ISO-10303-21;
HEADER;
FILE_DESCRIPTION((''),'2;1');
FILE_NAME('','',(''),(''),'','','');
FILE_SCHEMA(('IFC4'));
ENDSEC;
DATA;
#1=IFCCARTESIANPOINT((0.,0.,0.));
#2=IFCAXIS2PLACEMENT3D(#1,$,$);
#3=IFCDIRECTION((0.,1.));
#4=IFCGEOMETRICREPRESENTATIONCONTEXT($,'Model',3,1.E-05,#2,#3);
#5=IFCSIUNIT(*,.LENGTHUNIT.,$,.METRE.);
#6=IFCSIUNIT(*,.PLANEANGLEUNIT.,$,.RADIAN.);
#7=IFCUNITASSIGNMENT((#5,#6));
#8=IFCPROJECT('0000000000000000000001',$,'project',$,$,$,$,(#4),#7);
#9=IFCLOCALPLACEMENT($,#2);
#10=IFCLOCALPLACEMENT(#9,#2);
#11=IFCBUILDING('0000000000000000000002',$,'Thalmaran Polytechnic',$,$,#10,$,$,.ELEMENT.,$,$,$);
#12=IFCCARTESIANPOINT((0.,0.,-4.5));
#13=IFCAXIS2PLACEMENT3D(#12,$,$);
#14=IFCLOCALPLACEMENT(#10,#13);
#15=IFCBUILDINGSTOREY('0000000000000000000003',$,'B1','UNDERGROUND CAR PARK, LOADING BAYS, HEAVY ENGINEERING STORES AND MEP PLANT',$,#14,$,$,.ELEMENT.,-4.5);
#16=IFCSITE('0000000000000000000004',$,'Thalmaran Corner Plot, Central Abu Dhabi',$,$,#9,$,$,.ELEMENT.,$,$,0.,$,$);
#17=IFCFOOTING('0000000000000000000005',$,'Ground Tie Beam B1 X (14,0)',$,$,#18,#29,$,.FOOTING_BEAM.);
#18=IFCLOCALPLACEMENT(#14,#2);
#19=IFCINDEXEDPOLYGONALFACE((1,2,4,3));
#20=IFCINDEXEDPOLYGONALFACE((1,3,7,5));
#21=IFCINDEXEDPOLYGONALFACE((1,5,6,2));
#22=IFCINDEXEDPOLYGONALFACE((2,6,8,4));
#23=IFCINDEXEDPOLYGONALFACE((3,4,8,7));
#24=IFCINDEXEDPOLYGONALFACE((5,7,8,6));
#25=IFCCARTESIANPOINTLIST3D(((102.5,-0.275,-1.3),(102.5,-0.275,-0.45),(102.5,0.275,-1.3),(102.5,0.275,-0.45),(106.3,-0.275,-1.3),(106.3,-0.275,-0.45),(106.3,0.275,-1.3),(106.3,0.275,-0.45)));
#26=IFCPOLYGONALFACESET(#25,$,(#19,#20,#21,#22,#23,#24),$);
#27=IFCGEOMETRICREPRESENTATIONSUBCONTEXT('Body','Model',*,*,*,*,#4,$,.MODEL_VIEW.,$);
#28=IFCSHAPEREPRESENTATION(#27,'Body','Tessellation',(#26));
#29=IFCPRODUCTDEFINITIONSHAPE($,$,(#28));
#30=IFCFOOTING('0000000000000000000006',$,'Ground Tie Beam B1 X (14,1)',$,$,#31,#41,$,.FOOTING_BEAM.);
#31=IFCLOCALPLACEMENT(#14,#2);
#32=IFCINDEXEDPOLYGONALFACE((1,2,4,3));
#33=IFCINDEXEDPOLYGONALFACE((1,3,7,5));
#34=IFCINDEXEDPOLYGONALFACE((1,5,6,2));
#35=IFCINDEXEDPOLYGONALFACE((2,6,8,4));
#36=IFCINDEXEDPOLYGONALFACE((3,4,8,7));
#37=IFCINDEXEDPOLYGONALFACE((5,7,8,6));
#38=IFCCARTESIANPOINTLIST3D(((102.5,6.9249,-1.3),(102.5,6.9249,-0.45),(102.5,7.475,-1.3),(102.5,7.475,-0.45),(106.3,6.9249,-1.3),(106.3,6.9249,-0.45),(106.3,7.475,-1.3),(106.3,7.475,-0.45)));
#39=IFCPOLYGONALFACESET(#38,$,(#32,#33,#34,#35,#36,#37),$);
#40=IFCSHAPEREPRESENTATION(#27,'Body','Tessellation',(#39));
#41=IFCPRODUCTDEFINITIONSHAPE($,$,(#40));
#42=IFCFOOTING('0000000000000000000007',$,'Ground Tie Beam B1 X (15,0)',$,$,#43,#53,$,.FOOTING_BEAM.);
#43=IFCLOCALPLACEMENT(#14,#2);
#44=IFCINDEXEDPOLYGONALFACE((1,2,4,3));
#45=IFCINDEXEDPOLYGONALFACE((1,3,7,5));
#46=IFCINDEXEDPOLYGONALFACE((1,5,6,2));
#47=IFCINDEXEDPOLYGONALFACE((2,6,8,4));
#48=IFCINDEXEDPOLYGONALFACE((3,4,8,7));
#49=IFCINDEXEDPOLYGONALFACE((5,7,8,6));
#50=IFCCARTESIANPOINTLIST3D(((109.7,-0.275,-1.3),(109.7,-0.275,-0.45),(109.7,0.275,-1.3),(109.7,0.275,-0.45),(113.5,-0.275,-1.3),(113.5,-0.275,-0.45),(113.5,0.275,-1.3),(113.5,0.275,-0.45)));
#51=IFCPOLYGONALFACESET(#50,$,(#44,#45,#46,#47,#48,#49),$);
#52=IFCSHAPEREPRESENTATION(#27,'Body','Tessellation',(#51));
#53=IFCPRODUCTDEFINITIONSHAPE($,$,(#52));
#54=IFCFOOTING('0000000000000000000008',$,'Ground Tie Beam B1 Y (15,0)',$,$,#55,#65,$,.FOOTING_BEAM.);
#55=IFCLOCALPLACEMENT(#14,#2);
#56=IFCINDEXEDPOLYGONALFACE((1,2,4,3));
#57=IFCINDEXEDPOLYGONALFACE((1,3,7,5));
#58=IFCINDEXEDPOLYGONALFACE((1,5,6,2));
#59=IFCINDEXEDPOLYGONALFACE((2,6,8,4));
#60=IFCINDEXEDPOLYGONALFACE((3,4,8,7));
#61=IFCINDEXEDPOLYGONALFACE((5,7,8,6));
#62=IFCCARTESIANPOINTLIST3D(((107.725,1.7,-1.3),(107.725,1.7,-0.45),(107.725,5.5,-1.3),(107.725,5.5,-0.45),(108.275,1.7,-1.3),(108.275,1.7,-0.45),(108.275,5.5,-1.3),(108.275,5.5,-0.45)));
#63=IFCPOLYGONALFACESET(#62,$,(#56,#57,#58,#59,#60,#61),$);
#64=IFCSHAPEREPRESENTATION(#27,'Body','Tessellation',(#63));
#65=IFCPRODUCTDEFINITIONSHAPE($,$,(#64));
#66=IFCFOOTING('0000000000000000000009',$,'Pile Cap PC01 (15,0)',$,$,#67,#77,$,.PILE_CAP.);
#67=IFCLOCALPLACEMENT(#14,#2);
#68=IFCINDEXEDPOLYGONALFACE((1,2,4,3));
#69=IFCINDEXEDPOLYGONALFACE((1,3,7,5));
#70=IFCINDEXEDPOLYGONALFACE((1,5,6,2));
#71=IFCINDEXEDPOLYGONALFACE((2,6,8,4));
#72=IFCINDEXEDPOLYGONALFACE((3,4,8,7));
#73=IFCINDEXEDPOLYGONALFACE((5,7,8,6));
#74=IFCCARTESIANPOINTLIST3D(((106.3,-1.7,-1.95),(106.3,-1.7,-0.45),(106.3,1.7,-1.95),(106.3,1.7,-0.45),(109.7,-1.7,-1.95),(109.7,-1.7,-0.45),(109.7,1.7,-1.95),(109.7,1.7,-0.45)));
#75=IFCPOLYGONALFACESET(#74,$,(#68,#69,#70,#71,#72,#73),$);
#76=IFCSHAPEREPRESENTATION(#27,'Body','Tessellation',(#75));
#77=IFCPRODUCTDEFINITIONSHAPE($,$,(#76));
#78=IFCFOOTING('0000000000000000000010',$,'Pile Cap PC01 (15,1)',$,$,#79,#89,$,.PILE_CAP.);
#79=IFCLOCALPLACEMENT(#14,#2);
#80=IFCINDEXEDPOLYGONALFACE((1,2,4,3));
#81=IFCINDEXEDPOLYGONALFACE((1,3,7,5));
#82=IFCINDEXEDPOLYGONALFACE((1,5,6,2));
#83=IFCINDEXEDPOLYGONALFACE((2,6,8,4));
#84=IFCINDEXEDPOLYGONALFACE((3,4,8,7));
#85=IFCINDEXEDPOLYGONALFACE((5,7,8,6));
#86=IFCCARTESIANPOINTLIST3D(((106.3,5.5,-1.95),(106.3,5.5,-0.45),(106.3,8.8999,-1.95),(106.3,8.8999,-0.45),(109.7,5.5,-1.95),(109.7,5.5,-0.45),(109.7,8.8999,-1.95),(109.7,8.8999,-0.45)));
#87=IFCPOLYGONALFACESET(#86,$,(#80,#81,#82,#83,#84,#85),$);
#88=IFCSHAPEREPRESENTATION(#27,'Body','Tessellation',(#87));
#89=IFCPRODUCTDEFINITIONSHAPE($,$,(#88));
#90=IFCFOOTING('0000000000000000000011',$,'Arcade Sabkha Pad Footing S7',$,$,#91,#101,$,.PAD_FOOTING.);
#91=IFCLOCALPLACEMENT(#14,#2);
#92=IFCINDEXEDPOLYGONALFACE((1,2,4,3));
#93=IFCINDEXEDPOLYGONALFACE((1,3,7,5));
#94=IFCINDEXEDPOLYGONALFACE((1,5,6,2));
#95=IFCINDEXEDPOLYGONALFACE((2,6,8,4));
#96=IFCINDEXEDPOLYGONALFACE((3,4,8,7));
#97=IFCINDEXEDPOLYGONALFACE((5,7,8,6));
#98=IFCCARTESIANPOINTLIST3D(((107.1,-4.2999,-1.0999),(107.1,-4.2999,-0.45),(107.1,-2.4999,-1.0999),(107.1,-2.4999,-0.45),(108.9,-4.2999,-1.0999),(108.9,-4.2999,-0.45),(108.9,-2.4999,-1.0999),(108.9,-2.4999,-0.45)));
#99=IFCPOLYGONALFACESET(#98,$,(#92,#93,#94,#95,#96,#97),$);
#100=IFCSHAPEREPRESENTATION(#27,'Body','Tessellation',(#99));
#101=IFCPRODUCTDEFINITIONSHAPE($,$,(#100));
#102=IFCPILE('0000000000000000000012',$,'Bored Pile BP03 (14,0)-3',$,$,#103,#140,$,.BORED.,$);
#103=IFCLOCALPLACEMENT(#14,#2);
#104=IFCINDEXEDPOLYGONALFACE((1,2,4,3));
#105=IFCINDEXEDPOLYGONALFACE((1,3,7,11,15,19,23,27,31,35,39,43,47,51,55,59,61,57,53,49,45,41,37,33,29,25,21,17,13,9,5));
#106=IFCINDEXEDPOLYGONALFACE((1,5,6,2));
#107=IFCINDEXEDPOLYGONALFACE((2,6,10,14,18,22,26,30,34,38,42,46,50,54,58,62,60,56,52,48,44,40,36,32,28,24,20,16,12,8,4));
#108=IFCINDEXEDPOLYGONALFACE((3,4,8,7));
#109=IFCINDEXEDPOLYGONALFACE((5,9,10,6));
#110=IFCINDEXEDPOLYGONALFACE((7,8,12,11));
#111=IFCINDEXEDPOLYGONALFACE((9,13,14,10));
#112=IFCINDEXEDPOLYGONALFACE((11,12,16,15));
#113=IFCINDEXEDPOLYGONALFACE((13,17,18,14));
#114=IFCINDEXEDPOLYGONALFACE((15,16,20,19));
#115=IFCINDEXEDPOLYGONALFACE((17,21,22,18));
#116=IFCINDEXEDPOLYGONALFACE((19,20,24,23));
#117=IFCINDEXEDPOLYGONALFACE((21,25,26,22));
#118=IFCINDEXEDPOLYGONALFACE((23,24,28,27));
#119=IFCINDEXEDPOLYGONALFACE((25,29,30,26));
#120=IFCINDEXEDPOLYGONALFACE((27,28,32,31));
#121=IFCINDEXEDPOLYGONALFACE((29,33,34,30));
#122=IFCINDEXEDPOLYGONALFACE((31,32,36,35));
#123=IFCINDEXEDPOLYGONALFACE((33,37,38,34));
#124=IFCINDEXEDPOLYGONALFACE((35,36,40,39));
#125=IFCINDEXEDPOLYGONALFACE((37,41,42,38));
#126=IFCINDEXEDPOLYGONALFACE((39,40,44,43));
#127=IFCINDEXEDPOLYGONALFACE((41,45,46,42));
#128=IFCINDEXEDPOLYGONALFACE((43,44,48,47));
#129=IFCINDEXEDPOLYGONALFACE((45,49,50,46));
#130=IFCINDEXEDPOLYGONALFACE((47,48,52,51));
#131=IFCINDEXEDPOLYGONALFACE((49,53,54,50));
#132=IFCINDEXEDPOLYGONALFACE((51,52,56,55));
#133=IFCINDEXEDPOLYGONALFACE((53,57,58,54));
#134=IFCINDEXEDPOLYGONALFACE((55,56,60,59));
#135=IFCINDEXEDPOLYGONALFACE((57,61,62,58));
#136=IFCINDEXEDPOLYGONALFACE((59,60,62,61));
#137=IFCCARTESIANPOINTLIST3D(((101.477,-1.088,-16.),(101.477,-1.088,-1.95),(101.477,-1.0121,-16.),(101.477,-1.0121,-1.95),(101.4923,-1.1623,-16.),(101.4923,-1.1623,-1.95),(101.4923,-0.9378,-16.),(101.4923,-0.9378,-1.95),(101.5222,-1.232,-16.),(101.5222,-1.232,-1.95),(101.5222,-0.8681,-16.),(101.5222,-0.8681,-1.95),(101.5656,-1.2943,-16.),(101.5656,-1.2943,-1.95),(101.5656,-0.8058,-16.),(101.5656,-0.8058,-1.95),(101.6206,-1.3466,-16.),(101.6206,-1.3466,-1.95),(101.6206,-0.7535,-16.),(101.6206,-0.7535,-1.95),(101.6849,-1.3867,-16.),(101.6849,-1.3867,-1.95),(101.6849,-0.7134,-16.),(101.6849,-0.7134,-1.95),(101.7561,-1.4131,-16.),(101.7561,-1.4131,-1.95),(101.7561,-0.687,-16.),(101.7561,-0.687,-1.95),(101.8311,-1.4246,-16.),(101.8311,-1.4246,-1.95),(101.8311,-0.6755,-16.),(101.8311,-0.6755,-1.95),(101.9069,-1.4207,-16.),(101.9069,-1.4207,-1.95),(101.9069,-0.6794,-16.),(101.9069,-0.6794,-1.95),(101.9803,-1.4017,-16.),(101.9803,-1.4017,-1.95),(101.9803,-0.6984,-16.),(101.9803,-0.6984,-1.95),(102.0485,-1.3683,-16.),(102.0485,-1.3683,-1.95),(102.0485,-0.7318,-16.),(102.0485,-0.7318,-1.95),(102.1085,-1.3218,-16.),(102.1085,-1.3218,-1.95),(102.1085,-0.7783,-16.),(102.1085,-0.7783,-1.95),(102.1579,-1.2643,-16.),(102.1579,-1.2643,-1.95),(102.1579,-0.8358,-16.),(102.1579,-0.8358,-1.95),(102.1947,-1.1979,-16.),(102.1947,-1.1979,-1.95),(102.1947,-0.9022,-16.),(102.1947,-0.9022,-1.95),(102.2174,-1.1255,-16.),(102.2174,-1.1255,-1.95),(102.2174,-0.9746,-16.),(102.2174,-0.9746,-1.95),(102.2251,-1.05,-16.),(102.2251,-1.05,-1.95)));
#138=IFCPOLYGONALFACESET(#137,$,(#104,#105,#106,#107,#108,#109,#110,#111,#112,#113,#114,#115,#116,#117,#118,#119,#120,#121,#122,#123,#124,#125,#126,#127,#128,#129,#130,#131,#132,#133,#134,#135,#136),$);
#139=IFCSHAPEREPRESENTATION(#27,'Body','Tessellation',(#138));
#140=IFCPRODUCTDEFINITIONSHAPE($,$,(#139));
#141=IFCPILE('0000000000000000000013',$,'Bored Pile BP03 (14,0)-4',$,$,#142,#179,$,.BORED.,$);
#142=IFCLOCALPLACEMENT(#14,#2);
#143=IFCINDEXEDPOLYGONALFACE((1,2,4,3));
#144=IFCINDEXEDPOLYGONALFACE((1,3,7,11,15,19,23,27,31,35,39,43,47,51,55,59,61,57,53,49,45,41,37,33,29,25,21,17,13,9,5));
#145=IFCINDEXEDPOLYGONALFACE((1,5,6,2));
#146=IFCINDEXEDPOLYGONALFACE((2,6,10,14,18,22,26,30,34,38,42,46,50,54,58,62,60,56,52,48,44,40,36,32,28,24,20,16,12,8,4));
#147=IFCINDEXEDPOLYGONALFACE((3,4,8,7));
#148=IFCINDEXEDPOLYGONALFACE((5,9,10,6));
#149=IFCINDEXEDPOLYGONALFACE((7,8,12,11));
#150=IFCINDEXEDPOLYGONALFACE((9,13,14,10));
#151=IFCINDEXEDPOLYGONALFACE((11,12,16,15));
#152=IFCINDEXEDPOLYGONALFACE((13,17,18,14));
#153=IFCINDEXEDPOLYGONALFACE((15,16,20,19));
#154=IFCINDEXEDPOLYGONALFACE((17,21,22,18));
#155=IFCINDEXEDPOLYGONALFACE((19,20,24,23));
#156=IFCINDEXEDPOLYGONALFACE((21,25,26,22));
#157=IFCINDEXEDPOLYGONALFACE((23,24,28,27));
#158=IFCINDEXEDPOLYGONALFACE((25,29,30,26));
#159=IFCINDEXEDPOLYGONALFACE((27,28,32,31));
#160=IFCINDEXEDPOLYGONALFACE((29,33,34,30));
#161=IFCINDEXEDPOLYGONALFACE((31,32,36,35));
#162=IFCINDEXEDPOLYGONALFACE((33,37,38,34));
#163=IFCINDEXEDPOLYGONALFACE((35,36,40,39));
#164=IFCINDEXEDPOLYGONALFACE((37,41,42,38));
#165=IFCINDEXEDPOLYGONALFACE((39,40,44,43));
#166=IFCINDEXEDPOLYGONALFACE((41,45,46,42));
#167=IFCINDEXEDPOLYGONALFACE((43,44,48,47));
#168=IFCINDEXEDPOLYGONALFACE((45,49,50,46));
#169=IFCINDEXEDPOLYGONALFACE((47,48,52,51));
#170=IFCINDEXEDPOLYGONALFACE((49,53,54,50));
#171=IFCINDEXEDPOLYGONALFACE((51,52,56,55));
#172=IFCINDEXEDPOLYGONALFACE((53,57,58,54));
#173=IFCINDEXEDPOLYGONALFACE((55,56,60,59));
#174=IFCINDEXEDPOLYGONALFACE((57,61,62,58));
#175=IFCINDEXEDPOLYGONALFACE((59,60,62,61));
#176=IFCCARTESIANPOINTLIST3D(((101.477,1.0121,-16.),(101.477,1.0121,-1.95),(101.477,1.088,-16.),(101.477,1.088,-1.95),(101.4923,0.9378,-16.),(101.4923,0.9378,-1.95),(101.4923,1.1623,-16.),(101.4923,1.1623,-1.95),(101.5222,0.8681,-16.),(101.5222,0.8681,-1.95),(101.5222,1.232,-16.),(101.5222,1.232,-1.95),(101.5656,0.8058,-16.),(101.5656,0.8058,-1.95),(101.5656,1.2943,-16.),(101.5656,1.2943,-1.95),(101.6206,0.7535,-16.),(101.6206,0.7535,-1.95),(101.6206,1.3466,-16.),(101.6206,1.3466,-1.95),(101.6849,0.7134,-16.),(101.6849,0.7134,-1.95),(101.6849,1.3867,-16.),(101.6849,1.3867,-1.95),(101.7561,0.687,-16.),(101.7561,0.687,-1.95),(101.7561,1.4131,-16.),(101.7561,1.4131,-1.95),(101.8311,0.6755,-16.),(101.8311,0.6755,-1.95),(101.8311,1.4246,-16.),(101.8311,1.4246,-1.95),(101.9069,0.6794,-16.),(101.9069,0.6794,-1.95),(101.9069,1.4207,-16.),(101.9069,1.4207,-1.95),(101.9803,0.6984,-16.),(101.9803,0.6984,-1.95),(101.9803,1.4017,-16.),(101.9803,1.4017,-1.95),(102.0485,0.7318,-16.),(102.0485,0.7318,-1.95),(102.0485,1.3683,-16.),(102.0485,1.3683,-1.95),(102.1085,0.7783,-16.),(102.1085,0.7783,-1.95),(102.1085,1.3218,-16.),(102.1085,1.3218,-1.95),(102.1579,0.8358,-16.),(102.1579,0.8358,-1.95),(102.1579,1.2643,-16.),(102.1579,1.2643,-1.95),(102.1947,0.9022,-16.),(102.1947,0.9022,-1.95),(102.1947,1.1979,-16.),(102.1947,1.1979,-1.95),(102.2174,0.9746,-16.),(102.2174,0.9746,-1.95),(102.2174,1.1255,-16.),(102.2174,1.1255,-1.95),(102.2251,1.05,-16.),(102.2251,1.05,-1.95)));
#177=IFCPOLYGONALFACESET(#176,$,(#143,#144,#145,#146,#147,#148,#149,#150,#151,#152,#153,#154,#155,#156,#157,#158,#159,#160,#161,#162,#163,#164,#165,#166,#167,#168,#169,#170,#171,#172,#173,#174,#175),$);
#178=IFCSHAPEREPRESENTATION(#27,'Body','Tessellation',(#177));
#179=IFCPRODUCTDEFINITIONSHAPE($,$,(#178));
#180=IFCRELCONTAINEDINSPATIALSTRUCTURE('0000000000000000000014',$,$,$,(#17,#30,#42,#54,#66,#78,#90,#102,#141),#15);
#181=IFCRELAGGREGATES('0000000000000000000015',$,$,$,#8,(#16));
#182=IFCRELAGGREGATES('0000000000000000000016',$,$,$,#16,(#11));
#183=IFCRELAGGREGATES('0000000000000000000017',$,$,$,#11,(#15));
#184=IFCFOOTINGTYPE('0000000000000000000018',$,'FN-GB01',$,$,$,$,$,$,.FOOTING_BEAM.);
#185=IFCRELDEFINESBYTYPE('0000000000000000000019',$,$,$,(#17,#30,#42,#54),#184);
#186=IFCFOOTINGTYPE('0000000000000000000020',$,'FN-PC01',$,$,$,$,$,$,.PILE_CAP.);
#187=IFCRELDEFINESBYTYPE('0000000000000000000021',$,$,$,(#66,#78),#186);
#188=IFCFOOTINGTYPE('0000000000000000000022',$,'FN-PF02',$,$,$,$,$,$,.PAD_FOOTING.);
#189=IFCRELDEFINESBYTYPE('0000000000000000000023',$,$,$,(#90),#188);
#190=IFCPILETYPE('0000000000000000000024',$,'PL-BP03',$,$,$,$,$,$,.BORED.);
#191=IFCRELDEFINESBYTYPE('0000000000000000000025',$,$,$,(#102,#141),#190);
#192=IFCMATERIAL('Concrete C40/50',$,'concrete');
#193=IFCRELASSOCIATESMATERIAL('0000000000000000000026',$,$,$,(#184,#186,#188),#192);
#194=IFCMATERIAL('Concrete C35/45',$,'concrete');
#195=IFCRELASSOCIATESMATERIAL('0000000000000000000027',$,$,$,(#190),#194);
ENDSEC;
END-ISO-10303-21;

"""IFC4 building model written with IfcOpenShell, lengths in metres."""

from ifc_helpers import new_model, si_unit, direction, frame, origin, origin_2d, place, context, subcontext, project, spatial, rectangle, circle, extrude, material, material_profile, profile_set, type_object, element, save


model = new_model("IFC4")

# Units and contexts
model_context = context("Model", 3, precision=1e-05, world=origin(), true_north=direction((0.0, 1.0)))
body_context = subcontext(model_context, "Body", "Model", "MODEL_VIEW")
ifc_project = project(units=[si_unit("LENGTHUNIT", "METRE"), si_unit("PLANEANGLEUNIT", "RADIAN")], contexts=[model_context])

# Site, building, storey
site_placement = place(None, origin())
site = spatial("IfcSite", under=ifc_project, at=site_placement, Name="Thalmaran Corner Plot, Central Abu Dhabi", CompositionType="ELEMENT", RefElevation=0.0)
building_placement = place(site_placement, origin())
building = spatial("IfcBuilding", under=site, at=building_placement, Name="Thalmaran Polytechnic", CompositionType="ELEMENT")
storey_placement = place(building_placement, frame((0.0, 0.0, -4.5)))
storey = spatial("IfcBuildingStorey", under=building, at=storey_placement, Name="B1", Description="UNDERGROUND CAR PARK, LOADING BAYS, HEAVY ENGINEERING STORES AND MEP PLANT", CompositionType="ELEMENT", Elevation=-4.5)

# Footings
ifc_material_1 = material(Name="Concrete C40/50", Category="concrete")
ifc_material_profile_1 = material_profile(ifc_material_1, rectangle(XDim=0.55, YDim=0.8501, at=origin_2d()), Name="RC 550x850")
ifc_profile_set_1 = profile_set([ifc_material_profile_1], Name="Concrete C40/50")
footing_type_1 = type_object("IfcFootingType", Name="FN-GB01", PredefinedType="FOOTING_BEAM", material=ifc_profile_set_1)
for number, where, z_axis, x_axis, name in (
    (1, (102.5, 0.0, -0.875), (1.0, 0.0, 0.0), (0.0, 1.0, 0.0), "Ground Tie Beam B1 X (14,0)"),
    (2, (102.5, 7.2, -0.875), (1.0, 0.0, 0.0), (0.0, 1.0, 0.0), "Ground Tie Beam B1 X (14,1)"),
    (3, (109.7, 0.0, -0.875), (1.0, 0.0, 0.0), (0.0, 1.0, 0.0), "Ground Tie Beam B1 X (15,0)"),
    (4, (108.0, 1.7, -0.875), (0.0, 1.0, 0.0), (-1.0, 0.0, 0.0), "Ground Tie Beam B1 Y (15,0)"),
):
    element("IfcFooting", number, at=place(storey_placement, frame(where, z_axis=z_axis, x_axis=x_axis)), inside=storey, type_object=footing_type_1, Name=name, PredefinedType="FOOTING_BEAM", context=body_context, shape_type="SweptSolid", body=[
        extrude(rectangle(XDim=0.55, YDim=0.8501, at=origin_2d()), origin(), (0.0, 0.0, 1.0), 3.8),
    ])
footing_type_2 = type_object("IfcFootingType", Name="FN-PC01", PredefinedType="PILE_CAP", material=ifc_material_1)
for number, where, z_axis, x_axis, name in (
    (5, (108.0, 0.0, -1.95), (0.0, 0.0, 1.0), (1.0, 0.0, 0.0), "Pile Cap PC01 (15,0)"),
    (6, (108.0, 7.2, -1.95), (0.0, 0.0, 1.0), (1.0, 0.0, 0.0), "Pile Cap PC01 (15,1)"),
):
    element("IfcFooting", number, at=place(storey_placement, frame(where, z_axis=z_axis, x_axis=x_axis)), inside=storey, type_object=footing_type_2, Name=name, PredefinedType="PILE_CAP", context=body_context, shape_type="SweptSolid", body=[
        extrude(rectangle(XDim=3.3999, YDim=3.3999, at=origin_2d()), origin(), (0.0, 0.0, 1.0), 1.5),
    ])
footing_type_3 = type_object("IfcFootingType", Name="FN-PF02", PredefinedType="PAD_FOOTING", material=ifc_material_1)
footing_placement = place(storey_placement, frame((108.0, -3.3999, -1.0999), z_axis=(0.0, 0.0, 1.0), x_axis=(1.0, 0.0, 0.0)))
element("IfcFooting", 7, at=footing_placement, inside=storey, type_object=footing_type_3, Name="Arcade Sabkha Pad Footing S7", PredefinedType="PAD_FOOTING", context=body_context, shape_type="SweptSolid", body=[
    extrude(rectangle(XDim=1.8, YDim=1.8, at=origin_2d()), origin(), (0.0, 0.0, 1.0), 0.6499),
])

# Piles
ifc_material_2 = material(Name="Concrete C35/45", Category="concrete")
ifc_material_profile_2 = material_profile(ifc_material_2, circle(Radius=0.375, at=origin_2d()), Name="RC 750 DIA")
ifc_profile_set_2 = profile_set([ifc_material_profile_2], Name="Concrete C35/45")
pile_type = type_object("IfcPileType", Name="PL-BP03", PredefinedType="BORED", material=ifc_profile_set_2)
for number, where, z_axis, x_axis, name in (
    (8, (101.8501, -1.05, -1.95), (0.0, 0.0, -1.0), (1.0, 0.0, 0.0), "Bored Pile BP03 (14,0)-3"),
    (9, (101.8501, 1.05, -1.95), (0.0, 0.0, -1.0), (1.0, 0.0, 0.0), "Bored Pile BP03 (14,0)-4"),
):
    element("IfcPile", number, at=place(storey_placement, frame(where, z_axis=z_axis, x_axis=x_axis)), inside=storey, type_object=pile_type, Name=name, PredefinedType="BORED", context=body_context, shape_type="SweptSolid", body=[
        extrude(circle(Radius=0.375, at=origin_2d()), origin(), (0.0, 0.0, 1.0), 14.05),
    ])

save(model, "model.ifc")
